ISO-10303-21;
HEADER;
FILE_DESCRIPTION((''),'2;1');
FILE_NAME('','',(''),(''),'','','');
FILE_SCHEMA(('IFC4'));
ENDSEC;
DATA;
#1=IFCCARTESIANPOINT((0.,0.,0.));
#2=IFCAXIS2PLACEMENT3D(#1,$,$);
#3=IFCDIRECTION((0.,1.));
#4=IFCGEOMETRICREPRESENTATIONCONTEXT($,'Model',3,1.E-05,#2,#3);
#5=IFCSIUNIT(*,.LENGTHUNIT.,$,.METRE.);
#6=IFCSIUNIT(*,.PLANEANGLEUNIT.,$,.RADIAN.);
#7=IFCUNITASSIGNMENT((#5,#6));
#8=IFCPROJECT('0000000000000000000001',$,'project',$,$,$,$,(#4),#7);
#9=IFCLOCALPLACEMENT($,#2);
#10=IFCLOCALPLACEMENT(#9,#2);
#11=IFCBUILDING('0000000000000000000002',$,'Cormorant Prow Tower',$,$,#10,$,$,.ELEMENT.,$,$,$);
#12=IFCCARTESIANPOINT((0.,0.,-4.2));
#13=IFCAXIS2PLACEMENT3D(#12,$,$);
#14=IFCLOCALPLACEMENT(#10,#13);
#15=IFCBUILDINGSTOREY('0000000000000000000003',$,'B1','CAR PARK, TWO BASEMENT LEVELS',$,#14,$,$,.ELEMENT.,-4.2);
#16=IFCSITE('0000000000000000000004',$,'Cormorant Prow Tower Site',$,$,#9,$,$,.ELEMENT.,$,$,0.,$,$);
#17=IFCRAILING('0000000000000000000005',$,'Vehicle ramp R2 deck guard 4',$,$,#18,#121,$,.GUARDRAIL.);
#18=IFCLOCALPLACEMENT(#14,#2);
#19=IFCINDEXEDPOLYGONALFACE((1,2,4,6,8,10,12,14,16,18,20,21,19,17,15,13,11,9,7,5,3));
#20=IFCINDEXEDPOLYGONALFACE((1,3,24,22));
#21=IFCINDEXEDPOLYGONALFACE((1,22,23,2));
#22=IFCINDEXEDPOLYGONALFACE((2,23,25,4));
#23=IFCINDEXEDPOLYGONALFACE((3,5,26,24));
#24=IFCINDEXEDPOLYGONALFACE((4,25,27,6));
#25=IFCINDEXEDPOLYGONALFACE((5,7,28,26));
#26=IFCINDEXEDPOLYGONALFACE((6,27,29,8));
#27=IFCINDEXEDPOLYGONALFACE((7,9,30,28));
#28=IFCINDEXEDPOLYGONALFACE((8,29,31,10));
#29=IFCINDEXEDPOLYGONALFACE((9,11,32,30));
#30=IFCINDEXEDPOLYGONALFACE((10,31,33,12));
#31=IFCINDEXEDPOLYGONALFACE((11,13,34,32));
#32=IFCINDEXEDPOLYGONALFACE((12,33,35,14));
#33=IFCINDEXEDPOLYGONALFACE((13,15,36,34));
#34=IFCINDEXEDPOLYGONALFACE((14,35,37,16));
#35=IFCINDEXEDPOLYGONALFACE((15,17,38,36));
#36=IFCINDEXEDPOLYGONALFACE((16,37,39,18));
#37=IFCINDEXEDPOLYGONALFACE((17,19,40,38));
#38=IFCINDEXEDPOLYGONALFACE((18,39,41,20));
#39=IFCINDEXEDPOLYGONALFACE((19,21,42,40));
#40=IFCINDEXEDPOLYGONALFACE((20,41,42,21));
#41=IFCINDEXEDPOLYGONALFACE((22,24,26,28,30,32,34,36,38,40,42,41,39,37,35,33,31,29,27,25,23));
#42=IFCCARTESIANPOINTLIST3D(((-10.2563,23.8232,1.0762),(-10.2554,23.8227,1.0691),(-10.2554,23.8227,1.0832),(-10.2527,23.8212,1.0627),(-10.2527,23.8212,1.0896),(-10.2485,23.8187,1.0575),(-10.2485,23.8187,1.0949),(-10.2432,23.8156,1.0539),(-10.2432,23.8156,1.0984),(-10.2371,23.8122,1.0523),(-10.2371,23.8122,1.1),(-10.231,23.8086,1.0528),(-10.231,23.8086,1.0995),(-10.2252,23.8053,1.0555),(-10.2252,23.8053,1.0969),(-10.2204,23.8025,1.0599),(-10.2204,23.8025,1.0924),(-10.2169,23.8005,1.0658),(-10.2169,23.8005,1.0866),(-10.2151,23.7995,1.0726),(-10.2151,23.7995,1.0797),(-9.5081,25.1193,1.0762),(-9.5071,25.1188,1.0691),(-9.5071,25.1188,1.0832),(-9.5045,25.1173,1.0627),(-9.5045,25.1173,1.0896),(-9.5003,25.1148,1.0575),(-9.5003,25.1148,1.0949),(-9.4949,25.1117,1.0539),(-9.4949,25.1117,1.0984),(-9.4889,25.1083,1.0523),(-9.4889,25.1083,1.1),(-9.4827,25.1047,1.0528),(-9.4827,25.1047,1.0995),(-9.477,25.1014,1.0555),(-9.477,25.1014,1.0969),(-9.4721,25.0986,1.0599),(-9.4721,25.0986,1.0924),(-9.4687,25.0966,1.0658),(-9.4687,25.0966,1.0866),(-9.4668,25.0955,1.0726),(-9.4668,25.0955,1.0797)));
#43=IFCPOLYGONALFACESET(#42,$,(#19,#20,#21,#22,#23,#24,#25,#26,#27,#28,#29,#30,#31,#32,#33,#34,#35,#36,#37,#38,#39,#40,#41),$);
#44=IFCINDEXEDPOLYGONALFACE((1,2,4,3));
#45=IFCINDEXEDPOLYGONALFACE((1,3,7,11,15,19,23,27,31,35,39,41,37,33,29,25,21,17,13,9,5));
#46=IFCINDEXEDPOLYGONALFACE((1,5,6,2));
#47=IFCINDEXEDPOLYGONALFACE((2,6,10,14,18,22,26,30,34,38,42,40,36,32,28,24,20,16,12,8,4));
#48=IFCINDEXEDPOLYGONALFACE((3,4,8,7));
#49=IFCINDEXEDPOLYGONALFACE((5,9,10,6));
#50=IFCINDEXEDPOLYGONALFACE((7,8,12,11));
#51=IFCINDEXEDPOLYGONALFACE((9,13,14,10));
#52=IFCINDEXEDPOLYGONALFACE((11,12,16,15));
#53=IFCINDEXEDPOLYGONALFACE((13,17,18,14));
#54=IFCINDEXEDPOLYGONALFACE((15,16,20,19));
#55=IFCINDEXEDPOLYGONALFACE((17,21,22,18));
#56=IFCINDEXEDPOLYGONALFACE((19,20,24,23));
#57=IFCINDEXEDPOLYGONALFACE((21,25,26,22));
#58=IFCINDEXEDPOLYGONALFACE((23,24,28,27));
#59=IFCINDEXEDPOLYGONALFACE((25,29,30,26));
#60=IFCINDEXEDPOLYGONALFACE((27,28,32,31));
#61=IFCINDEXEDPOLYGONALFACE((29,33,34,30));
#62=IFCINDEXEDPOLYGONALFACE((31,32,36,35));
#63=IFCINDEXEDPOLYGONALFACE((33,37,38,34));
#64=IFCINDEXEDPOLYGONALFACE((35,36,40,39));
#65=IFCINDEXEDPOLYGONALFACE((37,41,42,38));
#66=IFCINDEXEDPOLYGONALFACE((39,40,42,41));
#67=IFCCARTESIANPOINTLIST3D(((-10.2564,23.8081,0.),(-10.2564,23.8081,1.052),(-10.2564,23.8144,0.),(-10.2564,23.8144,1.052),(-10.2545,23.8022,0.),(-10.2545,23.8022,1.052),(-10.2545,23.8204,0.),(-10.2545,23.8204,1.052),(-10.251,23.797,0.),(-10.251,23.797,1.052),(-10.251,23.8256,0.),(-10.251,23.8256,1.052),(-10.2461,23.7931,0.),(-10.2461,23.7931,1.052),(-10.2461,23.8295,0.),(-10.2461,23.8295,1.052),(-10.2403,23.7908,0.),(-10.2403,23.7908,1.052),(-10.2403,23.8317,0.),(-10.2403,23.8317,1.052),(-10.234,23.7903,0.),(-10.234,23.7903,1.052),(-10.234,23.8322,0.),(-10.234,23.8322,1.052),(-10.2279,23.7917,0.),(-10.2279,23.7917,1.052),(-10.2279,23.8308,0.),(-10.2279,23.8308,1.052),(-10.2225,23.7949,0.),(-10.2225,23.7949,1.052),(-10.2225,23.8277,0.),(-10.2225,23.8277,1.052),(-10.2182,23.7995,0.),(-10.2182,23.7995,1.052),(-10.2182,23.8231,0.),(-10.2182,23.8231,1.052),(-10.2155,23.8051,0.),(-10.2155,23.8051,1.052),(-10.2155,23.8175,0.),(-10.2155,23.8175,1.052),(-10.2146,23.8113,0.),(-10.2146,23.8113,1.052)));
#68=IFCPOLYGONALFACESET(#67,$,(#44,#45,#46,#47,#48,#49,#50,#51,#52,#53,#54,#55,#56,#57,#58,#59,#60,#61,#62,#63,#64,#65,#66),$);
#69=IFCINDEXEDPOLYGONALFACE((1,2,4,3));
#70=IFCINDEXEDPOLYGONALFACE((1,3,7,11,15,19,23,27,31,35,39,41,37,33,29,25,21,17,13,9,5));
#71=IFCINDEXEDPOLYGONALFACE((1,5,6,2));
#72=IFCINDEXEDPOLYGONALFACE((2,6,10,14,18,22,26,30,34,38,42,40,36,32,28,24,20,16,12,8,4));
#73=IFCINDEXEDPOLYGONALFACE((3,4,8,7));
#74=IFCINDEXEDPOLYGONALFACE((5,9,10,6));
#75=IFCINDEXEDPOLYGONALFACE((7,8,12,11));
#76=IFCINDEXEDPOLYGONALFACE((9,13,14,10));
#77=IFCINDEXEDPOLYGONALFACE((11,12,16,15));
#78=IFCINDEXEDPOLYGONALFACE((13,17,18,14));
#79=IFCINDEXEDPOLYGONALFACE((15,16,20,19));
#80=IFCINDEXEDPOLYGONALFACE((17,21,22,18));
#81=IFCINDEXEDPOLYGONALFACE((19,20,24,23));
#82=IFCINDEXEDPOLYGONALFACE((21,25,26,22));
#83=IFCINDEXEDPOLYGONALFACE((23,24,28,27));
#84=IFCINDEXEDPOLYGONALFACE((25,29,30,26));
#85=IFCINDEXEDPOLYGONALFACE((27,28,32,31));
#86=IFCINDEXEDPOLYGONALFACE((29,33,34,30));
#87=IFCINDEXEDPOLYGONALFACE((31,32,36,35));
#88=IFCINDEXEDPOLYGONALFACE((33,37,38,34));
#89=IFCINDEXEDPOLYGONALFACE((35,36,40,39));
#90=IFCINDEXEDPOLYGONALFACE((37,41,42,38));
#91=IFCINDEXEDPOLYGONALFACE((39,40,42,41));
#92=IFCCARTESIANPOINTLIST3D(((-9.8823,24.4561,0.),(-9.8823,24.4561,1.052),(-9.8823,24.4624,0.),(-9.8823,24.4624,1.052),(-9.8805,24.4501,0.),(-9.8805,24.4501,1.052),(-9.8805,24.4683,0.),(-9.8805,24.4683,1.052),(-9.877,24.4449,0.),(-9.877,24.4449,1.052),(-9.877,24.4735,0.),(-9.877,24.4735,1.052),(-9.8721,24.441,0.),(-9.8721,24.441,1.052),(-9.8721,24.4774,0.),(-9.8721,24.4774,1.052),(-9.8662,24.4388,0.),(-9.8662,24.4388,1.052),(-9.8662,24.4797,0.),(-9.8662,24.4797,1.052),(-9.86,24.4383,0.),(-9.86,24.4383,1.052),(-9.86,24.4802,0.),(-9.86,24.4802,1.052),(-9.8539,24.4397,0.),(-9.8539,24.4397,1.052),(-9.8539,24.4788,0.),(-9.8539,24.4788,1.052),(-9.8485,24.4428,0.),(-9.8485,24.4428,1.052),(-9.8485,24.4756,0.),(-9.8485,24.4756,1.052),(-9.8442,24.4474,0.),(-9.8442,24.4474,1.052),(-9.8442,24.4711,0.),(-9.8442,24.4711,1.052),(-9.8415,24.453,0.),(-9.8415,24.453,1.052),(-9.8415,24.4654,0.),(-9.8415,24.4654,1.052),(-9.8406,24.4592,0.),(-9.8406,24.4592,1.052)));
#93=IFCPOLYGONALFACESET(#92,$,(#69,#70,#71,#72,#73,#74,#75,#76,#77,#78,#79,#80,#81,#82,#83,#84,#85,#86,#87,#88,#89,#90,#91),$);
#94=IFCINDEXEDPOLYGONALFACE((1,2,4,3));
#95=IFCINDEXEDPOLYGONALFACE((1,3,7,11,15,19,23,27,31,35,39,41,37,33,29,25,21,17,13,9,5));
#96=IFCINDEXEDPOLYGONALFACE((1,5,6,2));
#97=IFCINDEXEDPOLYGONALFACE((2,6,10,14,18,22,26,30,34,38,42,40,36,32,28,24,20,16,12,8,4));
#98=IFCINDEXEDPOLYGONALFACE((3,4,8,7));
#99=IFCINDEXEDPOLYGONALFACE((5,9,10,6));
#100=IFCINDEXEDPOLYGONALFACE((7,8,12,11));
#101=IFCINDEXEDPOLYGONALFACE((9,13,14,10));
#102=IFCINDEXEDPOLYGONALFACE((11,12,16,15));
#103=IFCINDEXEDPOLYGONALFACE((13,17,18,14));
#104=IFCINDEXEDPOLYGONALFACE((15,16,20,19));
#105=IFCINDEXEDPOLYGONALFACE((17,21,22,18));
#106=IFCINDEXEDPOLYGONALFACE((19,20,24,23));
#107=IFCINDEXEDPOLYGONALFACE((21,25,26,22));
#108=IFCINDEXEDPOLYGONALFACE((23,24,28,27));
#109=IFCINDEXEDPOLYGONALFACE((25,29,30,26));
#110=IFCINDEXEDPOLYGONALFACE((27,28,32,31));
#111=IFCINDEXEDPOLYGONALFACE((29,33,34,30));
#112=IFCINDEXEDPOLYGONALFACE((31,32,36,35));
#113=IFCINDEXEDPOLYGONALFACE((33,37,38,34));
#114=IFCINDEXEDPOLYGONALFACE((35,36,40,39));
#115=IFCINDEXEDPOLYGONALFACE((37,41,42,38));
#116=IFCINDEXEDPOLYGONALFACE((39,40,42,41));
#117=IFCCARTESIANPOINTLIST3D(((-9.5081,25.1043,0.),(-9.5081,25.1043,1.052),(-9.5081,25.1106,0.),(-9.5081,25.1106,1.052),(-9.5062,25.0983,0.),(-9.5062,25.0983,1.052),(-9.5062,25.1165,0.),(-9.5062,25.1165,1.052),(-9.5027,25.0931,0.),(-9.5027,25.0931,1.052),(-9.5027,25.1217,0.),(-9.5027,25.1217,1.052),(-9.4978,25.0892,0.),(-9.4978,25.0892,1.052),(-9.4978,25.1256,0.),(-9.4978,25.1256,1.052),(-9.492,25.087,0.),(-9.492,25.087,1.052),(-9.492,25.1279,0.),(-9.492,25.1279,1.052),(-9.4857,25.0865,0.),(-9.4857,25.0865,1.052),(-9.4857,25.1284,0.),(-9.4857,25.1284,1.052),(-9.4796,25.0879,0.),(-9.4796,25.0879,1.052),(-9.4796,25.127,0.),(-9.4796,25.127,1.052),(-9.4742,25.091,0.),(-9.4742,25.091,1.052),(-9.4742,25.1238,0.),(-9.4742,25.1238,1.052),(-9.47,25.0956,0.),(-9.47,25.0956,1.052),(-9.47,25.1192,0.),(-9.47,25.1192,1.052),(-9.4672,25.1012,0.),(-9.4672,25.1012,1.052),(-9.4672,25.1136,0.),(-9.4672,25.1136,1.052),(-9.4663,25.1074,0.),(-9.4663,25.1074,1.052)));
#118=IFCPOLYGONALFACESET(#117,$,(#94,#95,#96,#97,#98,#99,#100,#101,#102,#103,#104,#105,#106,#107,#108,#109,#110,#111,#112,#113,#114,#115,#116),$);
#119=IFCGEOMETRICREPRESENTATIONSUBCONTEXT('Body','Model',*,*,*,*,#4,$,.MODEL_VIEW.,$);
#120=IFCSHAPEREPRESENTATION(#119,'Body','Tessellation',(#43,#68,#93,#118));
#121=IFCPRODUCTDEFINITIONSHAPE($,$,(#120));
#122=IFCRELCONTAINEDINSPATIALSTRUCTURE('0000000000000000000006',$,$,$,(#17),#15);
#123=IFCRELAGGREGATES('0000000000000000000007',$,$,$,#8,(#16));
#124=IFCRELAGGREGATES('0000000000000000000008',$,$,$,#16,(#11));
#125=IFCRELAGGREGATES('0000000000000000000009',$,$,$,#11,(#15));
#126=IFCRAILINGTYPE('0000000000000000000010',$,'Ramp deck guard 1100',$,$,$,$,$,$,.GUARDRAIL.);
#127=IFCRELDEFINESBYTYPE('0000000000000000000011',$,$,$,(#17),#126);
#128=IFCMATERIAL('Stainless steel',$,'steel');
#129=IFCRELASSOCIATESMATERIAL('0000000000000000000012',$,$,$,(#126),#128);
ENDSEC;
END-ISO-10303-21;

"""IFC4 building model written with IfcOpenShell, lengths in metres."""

from ifc_helpers import new_model, si_unit, direction, frame, origin, origin_2d, place, context, subcontext, project, spatial, circle, extrude, material, type_object, element, save


model = new_model("IFC4")

# Units and contexts
model_context = context("Model", 3, precision=1e-05, world=origin(), true_north=direction((0.0, 1.0)))
body_context = subcontext(model_context, "Body", "Model", "MODEL_VIEW")
ifc_project = project(units=[si_unit("LENGTHUNIT", "METRE"), si_unit("PLANEANGLEUNIT", "RADIAN")], contexts=[model_context])

# Site, building, storey
site_placement = place(None, origin())
site = spatial("IfcSite", under=ifc_project, at=site_placement, Name="Cormorant Prow Tower Site", CompositionType="ELEMENT", RefElevation=0.0)
building_placement = place(site_placement, origin())
building = spatial("IfcBuilding", under=site, at=building_placement, Name="Cormorant Prow Tower", CompositionType="ELEMENT")
storey_placement = place(building_placement, frame((0.0, 0.0, -4.2)))
storey = spatial("IfcBuildingStorey", under=building, at=storey_placement, Name="B1", Description="CAR PARK, TWO BASEMENT LEVELS", CompositionType="ELEMENT", Elevation=-4.2)

# Railing
ifc_material_1 = material(Name="Stainless steel", Category="steel")
railing_type_1 = type_object("IfcRailingType", Name="Ramp deck guard 1100", PredefinedType="GUARDRAIL", material=ifc_material_1)
railing_1_placement = place(storey_placement, frame((-10.2356, 23.8113, 0.0)))
element("IfcRailing", 1, at=railing_1_placement, inside=storey, type_object=railing_type_1, Name="Vehicle ramp R2 deck guard 4", PredefinedType="GUARDRAIL", context=body_context, shape_type="SweptSolid", body=[
    extrude(circle(Radius=0.0239, at=origin_2d()), frame((0.0, 0.0, 1.0762), z_axis=(0.499981, 0.866036, 0.0), x_axis=(-0.866036, 0.499981, 0.0)), (0.0, 0.0, 1.0), 1.4966),
    extrude(circle(Radius=0.021, at=origin_2d()), origin(), (0.0, 0.0, 1.0), 1.052),
    extrude(circle(Radius=0.021, at=origin_2d()), frame((0.374, 0.6479, 0.0)), (0.0, 0.0, 1.0), 1.052),
    extrude(circle(Radius=0.021, at=origin_2d()), frame((0.7483, 1.2961, 0.0)), (0.0, 0.0, 1.0), 1.052),
])

save(model, "model.ifc")
